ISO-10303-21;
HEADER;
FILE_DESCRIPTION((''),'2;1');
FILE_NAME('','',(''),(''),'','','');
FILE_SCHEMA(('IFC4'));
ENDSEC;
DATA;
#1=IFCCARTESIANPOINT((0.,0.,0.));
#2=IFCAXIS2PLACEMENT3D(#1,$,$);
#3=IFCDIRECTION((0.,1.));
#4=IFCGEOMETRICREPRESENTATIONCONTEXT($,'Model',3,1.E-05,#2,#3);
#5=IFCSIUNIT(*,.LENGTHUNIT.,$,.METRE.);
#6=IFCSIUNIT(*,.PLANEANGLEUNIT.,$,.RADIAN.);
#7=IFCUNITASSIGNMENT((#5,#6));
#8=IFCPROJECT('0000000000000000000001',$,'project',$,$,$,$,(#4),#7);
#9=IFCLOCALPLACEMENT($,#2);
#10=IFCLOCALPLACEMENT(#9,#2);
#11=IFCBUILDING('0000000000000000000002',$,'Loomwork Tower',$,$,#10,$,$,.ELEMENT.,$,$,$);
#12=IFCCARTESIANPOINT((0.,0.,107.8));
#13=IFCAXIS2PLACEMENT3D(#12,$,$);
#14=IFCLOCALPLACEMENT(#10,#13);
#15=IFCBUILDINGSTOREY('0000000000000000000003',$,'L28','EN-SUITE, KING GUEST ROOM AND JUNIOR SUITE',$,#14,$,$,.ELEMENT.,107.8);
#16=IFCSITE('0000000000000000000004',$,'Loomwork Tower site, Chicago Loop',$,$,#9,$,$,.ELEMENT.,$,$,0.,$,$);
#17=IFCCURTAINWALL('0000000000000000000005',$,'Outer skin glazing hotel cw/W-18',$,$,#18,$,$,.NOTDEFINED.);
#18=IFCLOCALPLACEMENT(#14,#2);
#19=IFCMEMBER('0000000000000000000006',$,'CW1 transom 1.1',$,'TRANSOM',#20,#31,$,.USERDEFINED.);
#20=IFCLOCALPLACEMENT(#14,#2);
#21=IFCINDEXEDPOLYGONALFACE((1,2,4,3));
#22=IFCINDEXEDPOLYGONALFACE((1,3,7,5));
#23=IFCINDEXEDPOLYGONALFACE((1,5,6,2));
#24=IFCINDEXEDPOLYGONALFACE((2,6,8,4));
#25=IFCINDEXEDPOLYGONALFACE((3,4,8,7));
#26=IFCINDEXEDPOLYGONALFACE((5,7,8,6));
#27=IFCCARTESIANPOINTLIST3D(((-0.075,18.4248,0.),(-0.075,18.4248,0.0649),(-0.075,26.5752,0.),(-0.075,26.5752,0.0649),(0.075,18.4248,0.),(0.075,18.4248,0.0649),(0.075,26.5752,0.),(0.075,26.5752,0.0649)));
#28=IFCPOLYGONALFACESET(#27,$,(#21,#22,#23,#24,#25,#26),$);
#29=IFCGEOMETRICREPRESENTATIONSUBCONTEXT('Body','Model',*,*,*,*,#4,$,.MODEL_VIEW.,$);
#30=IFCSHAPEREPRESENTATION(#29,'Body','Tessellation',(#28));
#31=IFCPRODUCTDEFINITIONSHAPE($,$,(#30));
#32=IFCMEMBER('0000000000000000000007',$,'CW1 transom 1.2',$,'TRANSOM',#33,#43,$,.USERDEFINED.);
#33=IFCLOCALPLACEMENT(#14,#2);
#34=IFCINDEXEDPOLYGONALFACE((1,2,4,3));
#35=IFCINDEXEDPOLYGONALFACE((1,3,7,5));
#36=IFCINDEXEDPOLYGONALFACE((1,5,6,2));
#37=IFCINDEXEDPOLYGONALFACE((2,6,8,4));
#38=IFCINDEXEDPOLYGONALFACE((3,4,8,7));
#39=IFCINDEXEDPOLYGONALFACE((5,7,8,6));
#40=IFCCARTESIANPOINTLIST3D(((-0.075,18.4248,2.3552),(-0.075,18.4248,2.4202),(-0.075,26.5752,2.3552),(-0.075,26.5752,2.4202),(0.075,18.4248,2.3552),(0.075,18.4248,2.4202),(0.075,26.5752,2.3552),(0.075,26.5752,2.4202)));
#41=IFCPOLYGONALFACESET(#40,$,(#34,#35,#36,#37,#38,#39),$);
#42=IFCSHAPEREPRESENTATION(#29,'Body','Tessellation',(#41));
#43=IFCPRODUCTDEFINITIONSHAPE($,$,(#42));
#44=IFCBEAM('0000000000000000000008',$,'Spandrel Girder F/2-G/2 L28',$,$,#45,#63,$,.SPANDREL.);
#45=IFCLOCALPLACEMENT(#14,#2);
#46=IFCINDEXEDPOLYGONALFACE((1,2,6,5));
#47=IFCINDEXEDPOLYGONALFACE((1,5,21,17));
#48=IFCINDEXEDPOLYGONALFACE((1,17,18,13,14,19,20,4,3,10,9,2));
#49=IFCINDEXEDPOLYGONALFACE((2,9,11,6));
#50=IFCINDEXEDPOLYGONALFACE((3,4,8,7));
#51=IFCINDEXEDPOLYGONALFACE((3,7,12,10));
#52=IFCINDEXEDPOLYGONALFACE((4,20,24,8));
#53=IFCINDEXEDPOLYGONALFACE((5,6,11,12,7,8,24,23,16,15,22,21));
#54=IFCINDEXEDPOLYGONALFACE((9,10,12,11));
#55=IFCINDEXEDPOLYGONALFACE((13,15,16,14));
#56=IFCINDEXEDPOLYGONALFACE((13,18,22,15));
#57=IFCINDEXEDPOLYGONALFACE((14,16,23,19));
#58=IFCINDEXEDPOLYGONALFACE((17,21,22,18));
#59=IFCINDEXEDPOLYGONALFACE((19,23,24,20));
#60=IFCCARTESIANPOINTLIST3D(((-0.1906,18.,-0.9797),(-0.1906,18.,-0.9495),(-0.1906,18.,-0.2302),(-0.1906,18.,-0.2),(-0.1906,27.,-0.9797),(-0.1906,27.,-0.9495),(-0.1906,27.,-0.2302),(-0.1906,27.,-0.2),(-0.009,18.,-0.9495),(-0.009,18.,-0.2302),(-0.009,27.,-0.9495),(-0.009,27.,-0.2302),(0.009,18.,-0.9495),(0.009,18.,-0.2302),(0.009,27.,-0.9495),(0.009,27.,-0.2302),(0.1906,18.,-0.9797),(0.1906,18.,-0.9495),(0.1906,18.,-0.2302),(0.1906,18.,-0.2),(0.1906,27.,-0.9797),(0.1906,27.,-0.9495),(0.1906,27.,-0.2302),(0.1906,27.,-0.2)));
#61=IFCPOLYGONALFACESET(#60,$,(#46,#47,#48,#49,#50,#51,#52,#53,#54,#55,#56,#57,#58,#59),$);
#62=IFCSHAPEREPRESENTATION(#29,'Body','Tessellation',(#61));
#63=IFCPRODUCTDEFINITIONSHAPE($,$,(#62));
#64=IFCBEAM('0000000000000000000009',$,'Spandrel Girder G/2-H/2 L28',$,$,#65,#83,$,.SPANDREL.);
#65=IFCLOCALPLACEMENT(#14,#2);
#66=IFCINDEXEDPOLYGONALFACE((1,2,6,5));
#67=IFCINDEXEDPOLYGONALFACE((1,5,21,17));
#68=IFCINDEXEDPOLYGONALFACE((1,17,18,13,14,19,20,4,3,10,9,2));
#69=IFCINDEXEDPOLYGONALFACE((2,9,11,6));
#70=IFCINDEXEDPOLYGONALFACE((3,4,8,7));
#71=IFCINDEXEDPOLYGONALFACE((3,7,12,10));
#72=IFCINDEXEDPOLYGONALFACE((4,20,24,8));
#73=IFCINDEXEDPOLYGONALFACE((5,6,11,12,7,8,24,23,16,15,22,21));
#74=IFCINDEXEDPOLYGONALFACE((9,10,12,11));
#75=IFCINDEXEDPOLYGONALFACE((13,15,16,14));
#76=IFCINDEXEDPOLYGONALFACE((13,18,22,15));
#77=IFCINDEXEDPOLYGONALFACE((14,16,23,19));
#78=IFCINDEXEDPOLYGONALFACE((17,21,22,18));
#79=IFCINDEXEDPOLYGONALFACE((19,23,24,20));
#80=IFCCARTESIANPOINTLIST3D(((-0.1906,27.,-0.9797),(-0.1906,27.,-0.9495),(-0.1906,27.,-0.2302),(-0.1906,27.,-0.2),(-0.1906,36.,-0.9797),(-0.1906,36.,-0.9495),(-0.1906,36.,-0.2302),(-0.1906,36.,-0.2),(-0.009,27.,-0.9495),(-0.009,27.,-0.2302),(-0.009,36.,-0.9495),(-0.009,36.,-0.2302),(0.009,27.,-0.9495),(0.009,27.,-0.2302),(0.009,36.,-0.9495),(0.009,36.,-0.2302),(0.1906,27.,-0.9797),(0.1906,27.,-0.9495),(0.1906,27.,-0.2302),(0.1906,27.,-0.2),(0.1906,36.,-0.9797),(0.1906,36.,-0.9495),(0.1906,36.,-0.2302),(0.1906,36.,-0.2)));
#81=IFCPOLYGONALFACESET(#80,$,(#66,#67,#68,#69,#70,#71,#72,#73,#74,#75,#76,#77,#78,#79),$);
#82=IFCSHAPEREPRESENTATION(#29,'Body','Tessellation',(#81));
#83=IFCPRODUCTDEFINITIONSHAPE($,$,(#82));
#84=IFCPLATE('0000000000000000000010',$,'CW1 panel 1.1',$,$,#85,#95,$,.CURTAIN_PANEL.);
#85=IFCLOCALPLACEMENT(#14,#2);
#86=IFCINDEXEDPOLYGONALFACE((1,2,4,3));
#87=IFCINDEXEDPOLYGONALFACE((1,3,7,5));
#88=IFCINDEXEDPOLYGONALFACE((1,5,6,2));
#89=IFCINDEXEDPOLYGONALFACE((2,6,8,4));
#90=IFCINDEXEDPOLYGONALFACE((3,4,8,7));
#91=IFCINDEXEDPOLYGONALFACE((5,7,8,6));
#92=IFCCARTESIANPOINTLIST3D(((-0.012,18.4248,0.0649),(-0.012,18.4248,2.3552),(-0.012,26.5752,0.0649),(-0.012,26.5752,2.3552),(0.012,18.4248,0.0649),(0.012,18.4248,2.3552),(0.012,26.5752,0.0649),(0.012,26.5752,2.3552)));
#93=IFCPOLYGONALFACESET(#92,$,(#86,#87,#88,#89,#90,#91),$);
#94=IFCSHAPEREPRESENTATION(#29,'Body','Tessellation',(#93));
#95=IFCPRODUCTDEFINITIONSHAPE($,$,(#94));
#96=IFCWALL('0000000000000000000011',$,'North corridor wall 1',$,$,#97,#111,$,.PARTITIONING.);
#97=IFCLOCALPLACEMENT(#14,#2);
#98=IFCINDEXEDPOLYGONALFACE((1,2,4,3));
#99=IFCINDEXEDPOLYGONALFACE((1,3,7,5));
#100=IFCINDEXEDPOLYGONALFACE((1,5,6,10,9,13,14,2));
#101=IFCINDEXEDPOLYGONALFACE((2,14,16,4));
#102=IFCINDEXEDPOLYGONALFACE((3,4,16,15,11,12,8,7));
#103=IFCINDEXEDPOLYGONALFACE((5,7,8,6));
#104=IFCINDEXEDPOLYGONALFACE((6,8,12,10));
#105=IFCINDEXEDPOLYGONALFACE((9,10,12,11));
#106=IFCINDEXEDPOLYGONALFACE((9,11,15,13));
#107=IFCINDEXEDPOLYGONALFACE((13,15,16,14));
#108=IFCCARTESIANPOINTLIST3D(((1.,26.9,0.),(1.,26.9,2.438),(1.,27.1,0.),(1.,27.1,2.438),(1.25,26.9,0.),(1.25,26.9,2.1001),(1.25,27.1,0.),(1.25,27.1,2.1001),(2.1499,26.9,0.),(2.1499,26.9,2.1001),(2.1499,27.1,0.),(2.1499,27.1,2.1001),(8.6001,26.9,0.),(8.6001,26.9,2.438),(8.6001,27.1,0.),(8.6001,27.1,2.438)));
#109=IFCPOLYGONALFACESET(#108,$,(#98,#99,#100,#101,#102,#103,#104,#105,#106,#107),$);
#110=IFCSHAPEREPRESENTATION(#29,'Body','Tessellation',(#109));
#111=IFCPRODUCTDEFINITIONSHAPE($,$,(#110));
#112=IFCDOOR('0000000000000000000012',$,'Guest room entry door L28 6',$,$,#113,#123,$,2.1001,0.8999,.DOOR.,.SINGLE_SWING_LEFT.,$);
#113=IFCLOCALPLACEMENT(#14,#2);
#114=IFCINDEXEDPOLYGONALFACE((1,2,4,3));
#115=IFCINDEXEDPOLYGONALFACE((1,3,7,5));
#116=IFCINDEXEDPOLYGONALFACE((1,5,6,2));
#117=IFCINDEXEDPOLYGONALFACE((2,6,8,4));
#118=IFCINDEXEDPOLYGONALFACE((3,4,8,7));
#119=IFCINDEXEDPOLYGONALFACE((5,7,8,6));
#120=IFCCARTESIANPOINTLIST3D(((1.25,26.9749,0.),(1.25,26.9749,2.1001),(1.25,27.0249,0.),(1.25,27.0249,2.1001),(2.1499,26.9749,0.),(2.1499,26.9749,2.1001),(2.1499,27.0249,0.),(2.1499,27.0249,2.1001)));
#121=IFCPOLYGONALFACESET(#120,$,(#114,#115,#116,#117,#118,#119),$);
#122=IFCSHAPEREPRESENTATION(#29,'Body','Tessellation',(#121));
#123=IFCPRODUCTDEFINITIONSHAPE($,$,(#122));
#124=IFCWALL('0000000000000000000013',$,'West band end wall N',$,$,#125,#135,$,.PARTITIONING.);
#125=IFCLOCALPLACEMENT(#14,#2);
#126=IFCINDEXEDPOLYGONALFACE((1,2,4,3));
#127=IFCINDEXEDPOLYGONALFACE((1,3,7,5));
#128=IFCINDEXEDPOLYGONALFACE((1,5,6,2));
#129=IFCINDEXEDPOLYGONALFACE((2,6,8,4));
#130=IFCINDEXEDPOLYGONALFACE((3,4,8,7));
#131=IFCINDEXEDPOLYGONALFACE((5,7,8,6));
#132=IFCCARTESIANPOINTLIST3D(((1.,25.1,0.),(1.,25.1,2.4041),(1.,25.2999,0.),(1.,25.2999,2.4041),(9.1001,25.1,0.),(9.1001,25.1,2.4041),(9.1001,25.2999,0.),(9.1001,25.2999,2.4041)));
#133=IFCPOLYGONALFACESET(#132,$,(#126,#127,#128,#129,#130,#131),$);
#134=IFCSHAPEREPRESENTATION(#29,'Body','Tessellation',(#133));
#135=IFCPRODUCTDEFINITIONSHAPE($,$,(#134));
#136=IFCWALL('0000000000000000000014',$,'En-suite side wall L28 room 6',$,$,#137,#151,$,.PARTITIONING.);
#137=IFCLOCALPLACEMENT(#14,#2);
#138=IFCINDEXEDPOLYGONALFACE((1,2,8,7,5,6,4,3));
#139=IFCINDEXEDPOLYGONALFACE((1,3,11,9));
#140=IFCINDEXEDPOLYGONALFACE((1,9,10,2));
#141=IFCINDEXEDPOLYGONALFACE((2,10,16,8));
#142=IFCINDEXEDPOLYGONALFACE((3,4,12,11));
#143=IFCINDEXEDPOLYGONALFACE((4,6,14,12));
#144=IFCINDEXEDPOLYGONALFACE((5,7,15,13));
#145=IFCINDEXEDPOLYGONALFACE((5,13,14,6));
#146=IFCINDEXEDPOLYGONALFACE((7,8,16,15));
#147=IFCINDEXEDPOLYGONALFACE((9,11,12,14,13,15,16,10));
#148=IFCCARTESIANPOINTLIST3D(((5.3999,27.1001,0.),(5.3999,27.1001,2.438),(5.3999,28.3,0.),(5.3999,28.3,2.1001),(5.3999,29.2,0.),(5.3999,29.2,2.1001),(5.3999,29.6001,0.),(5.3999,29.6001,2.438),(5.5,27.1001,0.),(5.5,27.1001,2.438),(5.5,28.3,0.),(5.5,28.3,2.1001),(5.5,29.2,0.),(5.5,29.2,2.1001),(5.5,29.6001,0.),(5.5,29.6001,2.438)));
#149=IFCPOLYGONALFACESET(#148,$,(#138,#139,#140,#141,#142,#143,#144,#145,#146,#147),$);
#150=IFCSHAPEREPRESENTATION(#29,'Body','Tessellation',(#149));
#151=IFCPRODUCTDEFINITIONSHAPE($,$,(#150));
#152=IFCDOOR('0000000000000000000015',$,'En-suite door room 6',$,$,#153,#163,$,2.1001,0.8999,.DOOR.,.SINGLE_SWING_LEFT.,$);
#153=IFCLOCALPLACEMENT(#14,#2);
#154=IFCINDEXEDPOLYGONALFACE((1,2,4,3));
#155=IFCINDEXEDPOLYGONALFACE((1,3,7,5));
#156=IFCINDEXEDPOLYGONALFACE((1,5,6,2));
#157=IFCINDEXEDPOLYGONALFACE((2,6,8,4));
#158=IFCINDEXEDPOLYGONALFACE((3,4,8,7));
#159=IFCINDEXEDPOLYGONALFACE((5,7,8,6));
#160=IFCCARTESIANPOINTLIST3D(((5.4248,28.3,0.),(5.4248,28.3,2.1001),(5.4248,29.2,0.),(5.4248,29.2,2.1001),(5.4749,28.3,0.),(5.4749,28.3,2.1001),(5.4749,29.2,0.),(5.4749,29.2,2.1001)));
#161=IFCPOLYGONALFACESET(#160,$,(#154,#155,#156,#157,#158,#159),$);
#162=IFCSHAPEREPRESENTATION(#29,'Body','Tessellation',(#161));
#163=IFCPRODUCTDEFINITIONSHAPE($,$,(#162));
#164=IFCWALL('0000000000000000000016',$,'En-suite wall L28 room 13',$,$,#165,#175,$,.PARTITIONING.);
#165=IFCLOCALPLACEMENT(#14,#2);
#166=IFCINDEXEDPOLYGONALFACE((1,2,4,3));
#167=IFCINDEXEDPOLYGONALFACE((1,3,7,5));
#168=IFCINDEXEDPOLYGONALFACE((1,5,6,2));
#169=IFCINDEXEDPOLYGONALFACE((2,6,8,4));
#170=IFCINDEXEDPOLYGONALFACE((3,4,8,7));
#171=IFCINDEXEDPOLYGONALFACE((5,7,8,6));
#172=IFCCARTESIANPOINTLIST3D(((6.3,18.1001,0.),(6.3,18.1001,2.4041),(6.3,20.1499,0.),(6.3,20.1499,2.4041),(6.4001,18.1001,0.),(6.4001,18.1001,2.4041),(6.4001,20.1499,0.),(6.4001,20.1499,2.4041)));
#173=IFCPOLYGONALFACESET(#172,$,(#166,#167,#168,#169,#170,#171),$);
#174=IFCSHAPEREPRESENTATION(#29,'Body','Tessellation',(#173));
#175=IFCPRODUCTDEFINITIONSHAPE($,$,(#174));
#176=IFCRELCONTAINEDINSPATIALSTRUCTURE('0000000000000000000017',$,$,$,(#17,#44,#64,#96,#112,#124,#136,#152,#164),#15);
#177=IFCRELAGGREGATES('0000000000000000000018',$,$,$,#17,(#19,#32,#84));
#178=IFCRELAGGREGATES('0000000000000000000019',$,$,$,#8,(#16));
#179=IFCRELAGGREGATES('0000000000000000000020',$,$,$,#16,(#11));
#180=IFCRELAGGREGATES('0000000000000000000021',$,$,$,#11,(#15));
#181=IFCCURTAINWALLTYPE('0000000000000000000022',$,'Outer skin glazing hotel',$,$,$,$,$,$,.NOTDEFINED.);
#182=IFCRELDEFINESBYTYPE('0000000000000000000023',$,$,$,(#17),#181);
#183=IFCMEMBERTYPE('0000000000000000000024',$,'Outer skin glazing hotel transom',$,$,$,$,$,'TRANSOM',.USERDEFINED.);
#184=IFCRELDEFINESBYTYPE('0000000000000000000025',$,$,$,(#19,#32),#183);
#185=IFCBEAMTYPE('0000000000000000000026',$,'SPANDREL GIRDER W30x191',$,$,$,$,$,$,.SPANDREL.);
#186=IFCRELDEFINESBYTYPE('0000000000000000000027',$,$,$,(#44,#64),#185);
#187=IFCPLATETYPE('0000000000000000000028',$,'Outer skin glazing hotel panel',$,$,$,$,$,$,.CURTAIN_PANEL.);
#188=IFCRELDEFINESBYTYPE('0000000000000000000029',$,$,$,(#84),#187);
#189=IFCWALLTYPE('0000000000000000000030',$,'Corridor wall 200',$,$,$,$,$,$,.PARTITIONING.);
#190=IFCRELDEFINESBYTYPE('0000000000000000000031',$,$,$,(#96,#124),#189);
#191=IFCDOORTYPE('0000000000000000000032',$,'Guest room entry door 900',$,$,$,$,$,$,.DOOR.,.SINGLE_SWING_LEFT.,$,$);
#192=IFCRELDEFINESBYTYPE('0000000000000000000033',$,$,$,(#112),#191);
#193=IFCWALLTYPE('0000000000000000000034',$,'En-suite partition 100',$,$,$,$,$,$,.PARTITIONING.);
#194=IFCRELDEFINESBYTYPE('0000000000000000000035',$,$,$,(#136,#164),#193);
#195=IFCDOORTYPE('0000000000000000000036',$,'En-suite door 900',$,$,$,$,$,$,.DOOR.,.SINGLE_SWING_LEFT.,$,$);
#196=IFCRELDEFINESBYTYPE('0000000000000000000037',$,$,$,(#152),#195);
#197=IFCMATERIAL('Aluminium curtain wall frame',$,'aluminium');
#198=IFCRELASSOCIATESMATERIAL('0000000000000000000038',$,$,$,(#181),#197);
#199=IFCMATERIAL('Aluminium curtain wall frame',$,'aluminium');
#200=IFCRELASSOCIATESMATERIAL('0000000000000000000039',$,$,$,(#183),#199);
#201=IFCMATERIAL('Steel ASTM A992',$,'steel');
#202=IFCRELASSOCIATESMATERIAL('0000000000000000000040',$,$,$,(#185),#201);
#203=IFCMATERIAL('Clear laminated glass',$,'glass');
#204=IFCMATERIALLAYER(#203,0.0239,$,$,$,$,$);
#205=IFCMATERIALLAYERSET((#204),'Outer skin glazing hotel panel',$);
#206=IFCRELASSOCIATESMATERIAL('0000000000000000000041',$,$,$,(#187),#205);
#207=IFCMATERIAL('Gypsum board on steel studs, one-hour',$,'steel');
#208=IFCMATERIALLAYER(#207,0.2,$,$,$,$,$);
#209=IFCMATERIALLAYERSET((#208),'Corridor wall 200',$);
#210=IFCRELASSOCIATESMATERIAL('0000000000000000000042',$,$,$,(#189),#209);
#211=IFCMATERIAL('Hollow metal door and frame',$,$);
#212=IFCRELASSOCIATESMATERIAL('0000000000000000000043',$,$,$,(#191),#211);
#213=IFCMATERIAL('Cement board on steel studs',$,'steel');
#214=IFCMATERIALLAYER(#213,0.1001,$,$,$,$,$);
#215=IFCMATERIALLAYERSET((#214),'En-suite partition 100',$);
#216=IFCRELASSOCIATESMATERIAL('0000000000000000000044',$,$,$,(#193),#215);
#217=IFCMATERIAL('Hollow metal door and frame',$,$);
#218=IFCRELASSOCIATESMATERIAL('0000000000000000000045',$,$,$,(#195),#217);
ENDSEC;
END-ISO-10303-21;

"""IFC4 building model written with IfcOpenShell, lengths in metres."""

from ifc_helpers import new_model, si_unit, direction, frame, frame_2d, origin, origin_2d, place, context, subcontext, project, spatial, rectangle, i_section, extrude, material, layer, layer_set, material_profile, profile_set, type_object, element, fill, aggregate, save


model = new_model("IFC4")

# Units and contexts
model_context = context("Model", 3, precision=1e-05, world=origin(), true_north=direction((0.0, 1.0)))
body_context = subcontext(model_context, "Body", "Model", "MODEL_VIEW")
ifc_project = project(units=[si_unit("LENGTHUNIT", "METRE"), si_unit("PLANEANGLEUNIT", "RADIAN")], contexts=[model_context])

# Site, building, storey
site_placement = place(None, origin())
site = spatial("IfcSite", under=ifc_project, at=site_placement, Name="Loomwork Tower site, Chicago Loop", CompositionType="ELEMENT", RefElevation=0.0)
building_placement = place(site_placement, origin())
building = spatial("IfcBuilding", under=site, at=building_placement, Name="Loomwork Tower", CompositionType="ELEMENT")
storey_placement = place(building_placement, frame((0.0, 0.0, 107.8)))
storey = spatial("IfcBuildingStorey", under=building, at=storey_placement, Name="L28", Description="EN-SUITE, KING GUEST ROOM AND JUNIOR SUITE", CompositionType="ELEMENT", Elevation=107.8)

# Shared definitions
ifc_material_1 = material(Name="Aluminium curtain wall frame", Category="aluminium")
curtain_wall_type = type_object("IfcCurtainWallType", Name="Outer skin glazing hotel", PredefinedType="NOTDEFINED", material=ifc_material_1)

# Curtain wall
curtain_wall_1_placement = place(storey_placement, origin())
curtain_wall_1 = element("IfcCurtainWall", 1, at=curtain_wall_1_placement, inside=storey, type_object=curtain_wall_type, Name="Outer skin glazing hotel cw/W-18", PredefinedType="NOTDEFINED")

# Members
ifc_material_2 = material(Name="Aluminium curtain wall frame", Category="aluminium")
ifc_material_profile_1 = material_profile(ifc_material_2, rectangle(XDim=0.1499, YDim=0.0649, at=origin_2d()), Name="AL 65x150")
ifc_profile_set_1 = profile_set([ifc_material_profile_1], Name="Aluminium curtain wall frame")
member_type_1 = type_object("IfcMemberType", Name="Outer skin glazing hotel transom", ElementType="TRANSOM", PredefinedType="USERDEFINED", material=ifc_profile_set_1)
member_1_placement = place(storey_placement, frame((0.0, 26.5752, 0.0325), z_axis=(0.0, -1.0, 0.0), x_axis=(1.0, 0.0, 0.0)))
member_1 = element("IfcMember", 2, at=member_1_placement, type_object=member_type_1, Name="CW1 transom 1.1", ObjectType="TRANSOM", PredefinedType="USERDEFINED", context=body_context, shape_type="SweptSolid", body=[
    extrude(rectangle(XDim=0.1499, YDim=0.0649, at=origin_2d()), origin(), (0.0, 0.0, 1.0), 8.1504),
])
member_2_placement = place(storey_placement, frame((0.0, 26.5752, 2.3877), z_axis=(0.0, -1.0, 0.0), x_axis=(1.0, 0.0, 0.0)))
member_2 = element("IfcMember", 3, at=member_2_placement, type_object=member_type_1, Name="CW1 transom 1.2", ObjectType="TRANSOM", PredefinedType="USERDEFINED", context=body_context, shape_type="SweptSolid", body=[
    extrude(rectangle(XDim=0.1499, YDim=0.0649, at=origin_2d()), origin(), (0.0, 0.0, 1.0), 8.1504),
])

# Beams
ifc_material_3 = material(Name="Steel ASTM A992", Category="steel")
ifc_material_profile_2 = material_profile(ifc_material_3, i_section(OverallWidth=0.3811, OverallDepth=0.7798, WebThickness=0.0181, FlangeThickness=0.0303, at=origin_2d()), Name="W30x191")
ifc_profile_set_2 = profile_set([ifc_material_profile_2], Name="Steel ASTM A992")
beam_type_1 = type_object("IfcBeamType", Name="SPANDREL GIRDER W30x191", PredefinedType="SPANDREL", material=ifc_profile_set_2)
for number, where, z_axis, x_axis, name in (
    (4, (0.0, 18.0, -0.5898), (0.0, 1.0, 0.0), (-1.0, 0.0, 0.0), "Spandrel Girder F/2-G/2 L28"),
    (5, (0.0, 27.0, -0.5898), (0.0, 1.0, 0.0), (-1.0, 0.0, 0.0), "Spandrel Girder G/2-H/2 L28"),
):
    element("IfcBeam", number, at=place(storey_placement, frame(where, z_axis=z_axis, x_axis=x_axis)), inside=storey, type_object=beam_type_1, Name=name, PredefinedType="SPANDREL", context=body_context, shape_type="SweptSolid", body=[
        extrude(i_section(OverallWidth=0.3811, OverallDepth=0.7798, WebThickness=0.0181, FlangeThickness=0.0303, at=origin_2d()), origin(), (0.0, 0.0, 1.0), 9.0),
    ])

# Plate
ifc_material_4 = material(Name="Clear laminated glass", Category="glass")
ifc_layer_1 = layer(ifc_material_4, 0.0239)
ifc_layer_set_1 = layer_set([ifc_layer_1], Name="Outer skin glazing hotel panel")
plate_type = type_object("IfcPlateType", Name="Outer skin glazing hotel panel", PredefinedType="CURTAIN_PANEL", material=ifc_layer_set_1)
plate_placement = place(storey_placement, frame((0.0, 22.5, 0.0649), z_axis=(0.0, 0.0, 1.0), x_axis=(0.0, -1.0, 0.0)))
plate = element("IfcPlate", 6, at=plate_placement, type_object=plate_type, Name="CW1 panel 1.1", PredefinedType="CURTAIN_PANEL", context=body_context, shape_type="SweptSolid", body=[
    extrude(rectangle(XDim=8.1504, YDim=0.0239, at=origin_2d()), origin(), (0.0, 0.0, 1.0), 2.2903),
])
aggregate(curtain_wall_1, [member_1, member_2, plate])

# Wall, opening, door
ifc_material_5 = material(Name="Gypsum board on steel studs, one-hour", Category="steel")
ifc_layer_2 = layer(ifc_material_5, 0.2)
ifc_layer_set_2 = layer_set([ifc_layer_2], Name="Corridor wall 200")
wall_type_1 = type_object("IfcWallType", Name="Corridor wall 200", PredefinedType="PARTITIONING", material=ifc_layer_set_2)
wall_1_placement = place(storey_placement, frame((1.0, 27.0, 0.0), z_axis=(0.0, 0.0, 1.0), x_axis=(1.0, 0.0, 0.0)))
wall_1 = element("IfcWall", 7, at=wall_1_placement, inside=storey, type_object=wall_type_1, Name="North corridor wall 1", PredefinedType="PARTITIONING", context=body_context, shape_type="SweptSolid", body=[
    extrude(rectangle(XDim=7.6001, YDim=0.2, at=frame_2d((3.8, 0.0))), origin(), (0.0, 0.0, 1.0), 2.438),
])
opening_1_placement = place(wall_1_placement, frame((0.25, 0.0, 0.0)))
opening_1 = element("IfcOpeningElement", 8, at=opening_1_placement, cuts=wall_1, PredefinedType="OPENING", context=body_context, shape_type="SweptSolid", body=[
    extrude(rectangle(XDim=0.8999, YDim=2.1001, at=frame_2d((0.45, 1.05))), frame((0.0, 0.1099, 0.0), z_axis=(0.0, -1.0, 0.0), x_axis=(1.0, 0.0, 0.0)), (0.0, 0.0, 1.0), 0.22),
])
ifc_material_6 = material(Name="Hollow metal door and frame")
door_type_1 = type_object("IfcDoorType", Name="Guest room entry door 900", OperationType="SINGLE_SWING_LEFT", PredefinedType="DOOR", material=ifc_material_6)
door_1_placement = place(opening_1_placement, origin())
door_1 = element("IfcDoor", 9, at=door_1_placement, inside=storey, type_object=door_type_1, Name="Guest room entry door L28 6", OperationType="SINGLE_SWING_LEFT", OverallHeight=2.1001, OverallWidth=0.8999, PredefinedType="DOOR", context=body_context, shape_type="SweptSolid", body=[
    extrude(rectangle(XDim=0.8999, YDim=2.1001, at=frame_2d((0.45, 1.05))), frame((0.0, 0.0249, 0.0), z_axis=(0.0, -1.0, 0.0), x_axis=(1.0, 0.0, 0.0)), (0.0, 0.0, 1.0), 0.05),
])
fill(opening_1, door_1)

# Wall
wall_2_placement = place(storey_placement, frame((1.0, 25.2, 0.0), z_axis=(0.0, 0.0, 1.0), x_axis=(1.0, 0.0, 0.0)))
element("IfcWall", 10, at=wall_2_placement, inside=storey, type_object=wall_type_1, Name="West band end wall N", PredefinedType="PARTITIONING", context=body_context, shape_type="SweptSolid", body=[
    extrude(rectangle(XDim=8.1001, YDim=0.2, at=frame_2d((4.05, 0.0))), origin(), (0.0, 0.0, 1.0), 2.4041),
])

# Wall, opening, door
ifc_material_7 = material(Name="Cement board on steel studs", Category="steel")
ifc_layer_3 = layer(ifc_material_7, 0.1001)
ifc_layer_set_3 = layer_set([ifc_layer_3], Name="En-suite partition 100")
wall_type_2 = type_object("IfcWallType", Name="En-suite partition 100", PredefinedType="PARTITIONING", material=ifc_layer_set_3)
wall_3_placement = place(storey_placement, frame((5.45, 27.1001, 0.0), z_axis=(0.0, 0.0, 1.0), x_axis=(0.0, 1.0, 0.0)))
wall_3 = element("IfcWall", 11, at=wall_3_placement, inside=storey, type_object=wall_type_2, Name="En-suite side wall L28 room 6", PredefinedType="PARTITIONING", context=body_context, shape_type="SweptSolid", body=[
    extrude(rectangle(XDim=2.5, YDim=0.1001, at=frame_2d((1.25, 0.0))), origin(), (0.0, 0.0, 1.0), 2.438),
])
opening_2_placement = place(wall_3_placement, frame((1.2, 0.0, 0.0)))
opening_2 = element("IfcOpeningElement", 12, at=opening_2_placement, cuts=wall_3, PredefinedType="OPENING", context=body_context, shape_type="SweptSolid", body=[
    extrude(rectangle(XDim=0.8999, YDim=2.1001, at=frame_2d((0.45, 1.05))), frame((0.0, 0.0601, 0.0), z_axis=(0.0, -1.0, 0.0), x_axis=(1.0, 0.0, 0.0)), (0.0, 0.0, 1.0), 0.1201),
])
ifc_material_8 = material(Name="Hollow metal door and frame")
door_type_2 = type_object("IfcDoorType", Name="En-suite door 900", OperationType="SINGLE_SWING_LEFT", PredefinedType="DOOR", material=ifc_material_8)
door_2_placement = place(opening_2_placement, frame((0.8999, 0.0, 0.0), z_axis=(0.0, 0.0, 1.0), x_axis=(-1.0, 0.0, 0.0)))
door_2 = element("IfcDoor", 13, at=door_2_placement, inside=storey, type_object=door_type_2, Name="En-suite door room 6", OperationType="SINGLE_SWING_LEFT", OverallHeight=2.1001, OverallWidth=0.8999, PredefinedType="DOOR", context=body_context, shape_type="SweptSolid", body=[
    extrude(rectangle(XDim=0.8999, YDim=2.1001, at=frame_2d((0.45, 1.05))), frame((0.0, 0.0249, 0.0), z_axis=(0.0, -1.0, 0.0), x_axis=(1.0, 0.0, 0.0)), (0.0, 0.0, 1.0), 0.05),
])
fill(opening_2, door_2)

# Wall
wall_4_placement = place(storey_placement, frame((6.3501, 18.1001, 0.0), z_axis=(0.0, 0.0, 1.0), x_axis=(0.0, 1.0, 0.0)))
element("IfcWall", 14, at=wall_4_placement, inside=storey, type_object=wall_type_2, Name="En-suite wall L28 room 13", PredefinedType="PARTITIONING", context=body_context, shape_type="SweptSolid", body=[
    extrude(rectangle(XDim=2.0498, YDim=0.1001, at=frame_2d((1.0249, 0.0))), origin(), (0.0, 0.0, 1.0), 2.4041),
])

save(model, "model.ifc")
